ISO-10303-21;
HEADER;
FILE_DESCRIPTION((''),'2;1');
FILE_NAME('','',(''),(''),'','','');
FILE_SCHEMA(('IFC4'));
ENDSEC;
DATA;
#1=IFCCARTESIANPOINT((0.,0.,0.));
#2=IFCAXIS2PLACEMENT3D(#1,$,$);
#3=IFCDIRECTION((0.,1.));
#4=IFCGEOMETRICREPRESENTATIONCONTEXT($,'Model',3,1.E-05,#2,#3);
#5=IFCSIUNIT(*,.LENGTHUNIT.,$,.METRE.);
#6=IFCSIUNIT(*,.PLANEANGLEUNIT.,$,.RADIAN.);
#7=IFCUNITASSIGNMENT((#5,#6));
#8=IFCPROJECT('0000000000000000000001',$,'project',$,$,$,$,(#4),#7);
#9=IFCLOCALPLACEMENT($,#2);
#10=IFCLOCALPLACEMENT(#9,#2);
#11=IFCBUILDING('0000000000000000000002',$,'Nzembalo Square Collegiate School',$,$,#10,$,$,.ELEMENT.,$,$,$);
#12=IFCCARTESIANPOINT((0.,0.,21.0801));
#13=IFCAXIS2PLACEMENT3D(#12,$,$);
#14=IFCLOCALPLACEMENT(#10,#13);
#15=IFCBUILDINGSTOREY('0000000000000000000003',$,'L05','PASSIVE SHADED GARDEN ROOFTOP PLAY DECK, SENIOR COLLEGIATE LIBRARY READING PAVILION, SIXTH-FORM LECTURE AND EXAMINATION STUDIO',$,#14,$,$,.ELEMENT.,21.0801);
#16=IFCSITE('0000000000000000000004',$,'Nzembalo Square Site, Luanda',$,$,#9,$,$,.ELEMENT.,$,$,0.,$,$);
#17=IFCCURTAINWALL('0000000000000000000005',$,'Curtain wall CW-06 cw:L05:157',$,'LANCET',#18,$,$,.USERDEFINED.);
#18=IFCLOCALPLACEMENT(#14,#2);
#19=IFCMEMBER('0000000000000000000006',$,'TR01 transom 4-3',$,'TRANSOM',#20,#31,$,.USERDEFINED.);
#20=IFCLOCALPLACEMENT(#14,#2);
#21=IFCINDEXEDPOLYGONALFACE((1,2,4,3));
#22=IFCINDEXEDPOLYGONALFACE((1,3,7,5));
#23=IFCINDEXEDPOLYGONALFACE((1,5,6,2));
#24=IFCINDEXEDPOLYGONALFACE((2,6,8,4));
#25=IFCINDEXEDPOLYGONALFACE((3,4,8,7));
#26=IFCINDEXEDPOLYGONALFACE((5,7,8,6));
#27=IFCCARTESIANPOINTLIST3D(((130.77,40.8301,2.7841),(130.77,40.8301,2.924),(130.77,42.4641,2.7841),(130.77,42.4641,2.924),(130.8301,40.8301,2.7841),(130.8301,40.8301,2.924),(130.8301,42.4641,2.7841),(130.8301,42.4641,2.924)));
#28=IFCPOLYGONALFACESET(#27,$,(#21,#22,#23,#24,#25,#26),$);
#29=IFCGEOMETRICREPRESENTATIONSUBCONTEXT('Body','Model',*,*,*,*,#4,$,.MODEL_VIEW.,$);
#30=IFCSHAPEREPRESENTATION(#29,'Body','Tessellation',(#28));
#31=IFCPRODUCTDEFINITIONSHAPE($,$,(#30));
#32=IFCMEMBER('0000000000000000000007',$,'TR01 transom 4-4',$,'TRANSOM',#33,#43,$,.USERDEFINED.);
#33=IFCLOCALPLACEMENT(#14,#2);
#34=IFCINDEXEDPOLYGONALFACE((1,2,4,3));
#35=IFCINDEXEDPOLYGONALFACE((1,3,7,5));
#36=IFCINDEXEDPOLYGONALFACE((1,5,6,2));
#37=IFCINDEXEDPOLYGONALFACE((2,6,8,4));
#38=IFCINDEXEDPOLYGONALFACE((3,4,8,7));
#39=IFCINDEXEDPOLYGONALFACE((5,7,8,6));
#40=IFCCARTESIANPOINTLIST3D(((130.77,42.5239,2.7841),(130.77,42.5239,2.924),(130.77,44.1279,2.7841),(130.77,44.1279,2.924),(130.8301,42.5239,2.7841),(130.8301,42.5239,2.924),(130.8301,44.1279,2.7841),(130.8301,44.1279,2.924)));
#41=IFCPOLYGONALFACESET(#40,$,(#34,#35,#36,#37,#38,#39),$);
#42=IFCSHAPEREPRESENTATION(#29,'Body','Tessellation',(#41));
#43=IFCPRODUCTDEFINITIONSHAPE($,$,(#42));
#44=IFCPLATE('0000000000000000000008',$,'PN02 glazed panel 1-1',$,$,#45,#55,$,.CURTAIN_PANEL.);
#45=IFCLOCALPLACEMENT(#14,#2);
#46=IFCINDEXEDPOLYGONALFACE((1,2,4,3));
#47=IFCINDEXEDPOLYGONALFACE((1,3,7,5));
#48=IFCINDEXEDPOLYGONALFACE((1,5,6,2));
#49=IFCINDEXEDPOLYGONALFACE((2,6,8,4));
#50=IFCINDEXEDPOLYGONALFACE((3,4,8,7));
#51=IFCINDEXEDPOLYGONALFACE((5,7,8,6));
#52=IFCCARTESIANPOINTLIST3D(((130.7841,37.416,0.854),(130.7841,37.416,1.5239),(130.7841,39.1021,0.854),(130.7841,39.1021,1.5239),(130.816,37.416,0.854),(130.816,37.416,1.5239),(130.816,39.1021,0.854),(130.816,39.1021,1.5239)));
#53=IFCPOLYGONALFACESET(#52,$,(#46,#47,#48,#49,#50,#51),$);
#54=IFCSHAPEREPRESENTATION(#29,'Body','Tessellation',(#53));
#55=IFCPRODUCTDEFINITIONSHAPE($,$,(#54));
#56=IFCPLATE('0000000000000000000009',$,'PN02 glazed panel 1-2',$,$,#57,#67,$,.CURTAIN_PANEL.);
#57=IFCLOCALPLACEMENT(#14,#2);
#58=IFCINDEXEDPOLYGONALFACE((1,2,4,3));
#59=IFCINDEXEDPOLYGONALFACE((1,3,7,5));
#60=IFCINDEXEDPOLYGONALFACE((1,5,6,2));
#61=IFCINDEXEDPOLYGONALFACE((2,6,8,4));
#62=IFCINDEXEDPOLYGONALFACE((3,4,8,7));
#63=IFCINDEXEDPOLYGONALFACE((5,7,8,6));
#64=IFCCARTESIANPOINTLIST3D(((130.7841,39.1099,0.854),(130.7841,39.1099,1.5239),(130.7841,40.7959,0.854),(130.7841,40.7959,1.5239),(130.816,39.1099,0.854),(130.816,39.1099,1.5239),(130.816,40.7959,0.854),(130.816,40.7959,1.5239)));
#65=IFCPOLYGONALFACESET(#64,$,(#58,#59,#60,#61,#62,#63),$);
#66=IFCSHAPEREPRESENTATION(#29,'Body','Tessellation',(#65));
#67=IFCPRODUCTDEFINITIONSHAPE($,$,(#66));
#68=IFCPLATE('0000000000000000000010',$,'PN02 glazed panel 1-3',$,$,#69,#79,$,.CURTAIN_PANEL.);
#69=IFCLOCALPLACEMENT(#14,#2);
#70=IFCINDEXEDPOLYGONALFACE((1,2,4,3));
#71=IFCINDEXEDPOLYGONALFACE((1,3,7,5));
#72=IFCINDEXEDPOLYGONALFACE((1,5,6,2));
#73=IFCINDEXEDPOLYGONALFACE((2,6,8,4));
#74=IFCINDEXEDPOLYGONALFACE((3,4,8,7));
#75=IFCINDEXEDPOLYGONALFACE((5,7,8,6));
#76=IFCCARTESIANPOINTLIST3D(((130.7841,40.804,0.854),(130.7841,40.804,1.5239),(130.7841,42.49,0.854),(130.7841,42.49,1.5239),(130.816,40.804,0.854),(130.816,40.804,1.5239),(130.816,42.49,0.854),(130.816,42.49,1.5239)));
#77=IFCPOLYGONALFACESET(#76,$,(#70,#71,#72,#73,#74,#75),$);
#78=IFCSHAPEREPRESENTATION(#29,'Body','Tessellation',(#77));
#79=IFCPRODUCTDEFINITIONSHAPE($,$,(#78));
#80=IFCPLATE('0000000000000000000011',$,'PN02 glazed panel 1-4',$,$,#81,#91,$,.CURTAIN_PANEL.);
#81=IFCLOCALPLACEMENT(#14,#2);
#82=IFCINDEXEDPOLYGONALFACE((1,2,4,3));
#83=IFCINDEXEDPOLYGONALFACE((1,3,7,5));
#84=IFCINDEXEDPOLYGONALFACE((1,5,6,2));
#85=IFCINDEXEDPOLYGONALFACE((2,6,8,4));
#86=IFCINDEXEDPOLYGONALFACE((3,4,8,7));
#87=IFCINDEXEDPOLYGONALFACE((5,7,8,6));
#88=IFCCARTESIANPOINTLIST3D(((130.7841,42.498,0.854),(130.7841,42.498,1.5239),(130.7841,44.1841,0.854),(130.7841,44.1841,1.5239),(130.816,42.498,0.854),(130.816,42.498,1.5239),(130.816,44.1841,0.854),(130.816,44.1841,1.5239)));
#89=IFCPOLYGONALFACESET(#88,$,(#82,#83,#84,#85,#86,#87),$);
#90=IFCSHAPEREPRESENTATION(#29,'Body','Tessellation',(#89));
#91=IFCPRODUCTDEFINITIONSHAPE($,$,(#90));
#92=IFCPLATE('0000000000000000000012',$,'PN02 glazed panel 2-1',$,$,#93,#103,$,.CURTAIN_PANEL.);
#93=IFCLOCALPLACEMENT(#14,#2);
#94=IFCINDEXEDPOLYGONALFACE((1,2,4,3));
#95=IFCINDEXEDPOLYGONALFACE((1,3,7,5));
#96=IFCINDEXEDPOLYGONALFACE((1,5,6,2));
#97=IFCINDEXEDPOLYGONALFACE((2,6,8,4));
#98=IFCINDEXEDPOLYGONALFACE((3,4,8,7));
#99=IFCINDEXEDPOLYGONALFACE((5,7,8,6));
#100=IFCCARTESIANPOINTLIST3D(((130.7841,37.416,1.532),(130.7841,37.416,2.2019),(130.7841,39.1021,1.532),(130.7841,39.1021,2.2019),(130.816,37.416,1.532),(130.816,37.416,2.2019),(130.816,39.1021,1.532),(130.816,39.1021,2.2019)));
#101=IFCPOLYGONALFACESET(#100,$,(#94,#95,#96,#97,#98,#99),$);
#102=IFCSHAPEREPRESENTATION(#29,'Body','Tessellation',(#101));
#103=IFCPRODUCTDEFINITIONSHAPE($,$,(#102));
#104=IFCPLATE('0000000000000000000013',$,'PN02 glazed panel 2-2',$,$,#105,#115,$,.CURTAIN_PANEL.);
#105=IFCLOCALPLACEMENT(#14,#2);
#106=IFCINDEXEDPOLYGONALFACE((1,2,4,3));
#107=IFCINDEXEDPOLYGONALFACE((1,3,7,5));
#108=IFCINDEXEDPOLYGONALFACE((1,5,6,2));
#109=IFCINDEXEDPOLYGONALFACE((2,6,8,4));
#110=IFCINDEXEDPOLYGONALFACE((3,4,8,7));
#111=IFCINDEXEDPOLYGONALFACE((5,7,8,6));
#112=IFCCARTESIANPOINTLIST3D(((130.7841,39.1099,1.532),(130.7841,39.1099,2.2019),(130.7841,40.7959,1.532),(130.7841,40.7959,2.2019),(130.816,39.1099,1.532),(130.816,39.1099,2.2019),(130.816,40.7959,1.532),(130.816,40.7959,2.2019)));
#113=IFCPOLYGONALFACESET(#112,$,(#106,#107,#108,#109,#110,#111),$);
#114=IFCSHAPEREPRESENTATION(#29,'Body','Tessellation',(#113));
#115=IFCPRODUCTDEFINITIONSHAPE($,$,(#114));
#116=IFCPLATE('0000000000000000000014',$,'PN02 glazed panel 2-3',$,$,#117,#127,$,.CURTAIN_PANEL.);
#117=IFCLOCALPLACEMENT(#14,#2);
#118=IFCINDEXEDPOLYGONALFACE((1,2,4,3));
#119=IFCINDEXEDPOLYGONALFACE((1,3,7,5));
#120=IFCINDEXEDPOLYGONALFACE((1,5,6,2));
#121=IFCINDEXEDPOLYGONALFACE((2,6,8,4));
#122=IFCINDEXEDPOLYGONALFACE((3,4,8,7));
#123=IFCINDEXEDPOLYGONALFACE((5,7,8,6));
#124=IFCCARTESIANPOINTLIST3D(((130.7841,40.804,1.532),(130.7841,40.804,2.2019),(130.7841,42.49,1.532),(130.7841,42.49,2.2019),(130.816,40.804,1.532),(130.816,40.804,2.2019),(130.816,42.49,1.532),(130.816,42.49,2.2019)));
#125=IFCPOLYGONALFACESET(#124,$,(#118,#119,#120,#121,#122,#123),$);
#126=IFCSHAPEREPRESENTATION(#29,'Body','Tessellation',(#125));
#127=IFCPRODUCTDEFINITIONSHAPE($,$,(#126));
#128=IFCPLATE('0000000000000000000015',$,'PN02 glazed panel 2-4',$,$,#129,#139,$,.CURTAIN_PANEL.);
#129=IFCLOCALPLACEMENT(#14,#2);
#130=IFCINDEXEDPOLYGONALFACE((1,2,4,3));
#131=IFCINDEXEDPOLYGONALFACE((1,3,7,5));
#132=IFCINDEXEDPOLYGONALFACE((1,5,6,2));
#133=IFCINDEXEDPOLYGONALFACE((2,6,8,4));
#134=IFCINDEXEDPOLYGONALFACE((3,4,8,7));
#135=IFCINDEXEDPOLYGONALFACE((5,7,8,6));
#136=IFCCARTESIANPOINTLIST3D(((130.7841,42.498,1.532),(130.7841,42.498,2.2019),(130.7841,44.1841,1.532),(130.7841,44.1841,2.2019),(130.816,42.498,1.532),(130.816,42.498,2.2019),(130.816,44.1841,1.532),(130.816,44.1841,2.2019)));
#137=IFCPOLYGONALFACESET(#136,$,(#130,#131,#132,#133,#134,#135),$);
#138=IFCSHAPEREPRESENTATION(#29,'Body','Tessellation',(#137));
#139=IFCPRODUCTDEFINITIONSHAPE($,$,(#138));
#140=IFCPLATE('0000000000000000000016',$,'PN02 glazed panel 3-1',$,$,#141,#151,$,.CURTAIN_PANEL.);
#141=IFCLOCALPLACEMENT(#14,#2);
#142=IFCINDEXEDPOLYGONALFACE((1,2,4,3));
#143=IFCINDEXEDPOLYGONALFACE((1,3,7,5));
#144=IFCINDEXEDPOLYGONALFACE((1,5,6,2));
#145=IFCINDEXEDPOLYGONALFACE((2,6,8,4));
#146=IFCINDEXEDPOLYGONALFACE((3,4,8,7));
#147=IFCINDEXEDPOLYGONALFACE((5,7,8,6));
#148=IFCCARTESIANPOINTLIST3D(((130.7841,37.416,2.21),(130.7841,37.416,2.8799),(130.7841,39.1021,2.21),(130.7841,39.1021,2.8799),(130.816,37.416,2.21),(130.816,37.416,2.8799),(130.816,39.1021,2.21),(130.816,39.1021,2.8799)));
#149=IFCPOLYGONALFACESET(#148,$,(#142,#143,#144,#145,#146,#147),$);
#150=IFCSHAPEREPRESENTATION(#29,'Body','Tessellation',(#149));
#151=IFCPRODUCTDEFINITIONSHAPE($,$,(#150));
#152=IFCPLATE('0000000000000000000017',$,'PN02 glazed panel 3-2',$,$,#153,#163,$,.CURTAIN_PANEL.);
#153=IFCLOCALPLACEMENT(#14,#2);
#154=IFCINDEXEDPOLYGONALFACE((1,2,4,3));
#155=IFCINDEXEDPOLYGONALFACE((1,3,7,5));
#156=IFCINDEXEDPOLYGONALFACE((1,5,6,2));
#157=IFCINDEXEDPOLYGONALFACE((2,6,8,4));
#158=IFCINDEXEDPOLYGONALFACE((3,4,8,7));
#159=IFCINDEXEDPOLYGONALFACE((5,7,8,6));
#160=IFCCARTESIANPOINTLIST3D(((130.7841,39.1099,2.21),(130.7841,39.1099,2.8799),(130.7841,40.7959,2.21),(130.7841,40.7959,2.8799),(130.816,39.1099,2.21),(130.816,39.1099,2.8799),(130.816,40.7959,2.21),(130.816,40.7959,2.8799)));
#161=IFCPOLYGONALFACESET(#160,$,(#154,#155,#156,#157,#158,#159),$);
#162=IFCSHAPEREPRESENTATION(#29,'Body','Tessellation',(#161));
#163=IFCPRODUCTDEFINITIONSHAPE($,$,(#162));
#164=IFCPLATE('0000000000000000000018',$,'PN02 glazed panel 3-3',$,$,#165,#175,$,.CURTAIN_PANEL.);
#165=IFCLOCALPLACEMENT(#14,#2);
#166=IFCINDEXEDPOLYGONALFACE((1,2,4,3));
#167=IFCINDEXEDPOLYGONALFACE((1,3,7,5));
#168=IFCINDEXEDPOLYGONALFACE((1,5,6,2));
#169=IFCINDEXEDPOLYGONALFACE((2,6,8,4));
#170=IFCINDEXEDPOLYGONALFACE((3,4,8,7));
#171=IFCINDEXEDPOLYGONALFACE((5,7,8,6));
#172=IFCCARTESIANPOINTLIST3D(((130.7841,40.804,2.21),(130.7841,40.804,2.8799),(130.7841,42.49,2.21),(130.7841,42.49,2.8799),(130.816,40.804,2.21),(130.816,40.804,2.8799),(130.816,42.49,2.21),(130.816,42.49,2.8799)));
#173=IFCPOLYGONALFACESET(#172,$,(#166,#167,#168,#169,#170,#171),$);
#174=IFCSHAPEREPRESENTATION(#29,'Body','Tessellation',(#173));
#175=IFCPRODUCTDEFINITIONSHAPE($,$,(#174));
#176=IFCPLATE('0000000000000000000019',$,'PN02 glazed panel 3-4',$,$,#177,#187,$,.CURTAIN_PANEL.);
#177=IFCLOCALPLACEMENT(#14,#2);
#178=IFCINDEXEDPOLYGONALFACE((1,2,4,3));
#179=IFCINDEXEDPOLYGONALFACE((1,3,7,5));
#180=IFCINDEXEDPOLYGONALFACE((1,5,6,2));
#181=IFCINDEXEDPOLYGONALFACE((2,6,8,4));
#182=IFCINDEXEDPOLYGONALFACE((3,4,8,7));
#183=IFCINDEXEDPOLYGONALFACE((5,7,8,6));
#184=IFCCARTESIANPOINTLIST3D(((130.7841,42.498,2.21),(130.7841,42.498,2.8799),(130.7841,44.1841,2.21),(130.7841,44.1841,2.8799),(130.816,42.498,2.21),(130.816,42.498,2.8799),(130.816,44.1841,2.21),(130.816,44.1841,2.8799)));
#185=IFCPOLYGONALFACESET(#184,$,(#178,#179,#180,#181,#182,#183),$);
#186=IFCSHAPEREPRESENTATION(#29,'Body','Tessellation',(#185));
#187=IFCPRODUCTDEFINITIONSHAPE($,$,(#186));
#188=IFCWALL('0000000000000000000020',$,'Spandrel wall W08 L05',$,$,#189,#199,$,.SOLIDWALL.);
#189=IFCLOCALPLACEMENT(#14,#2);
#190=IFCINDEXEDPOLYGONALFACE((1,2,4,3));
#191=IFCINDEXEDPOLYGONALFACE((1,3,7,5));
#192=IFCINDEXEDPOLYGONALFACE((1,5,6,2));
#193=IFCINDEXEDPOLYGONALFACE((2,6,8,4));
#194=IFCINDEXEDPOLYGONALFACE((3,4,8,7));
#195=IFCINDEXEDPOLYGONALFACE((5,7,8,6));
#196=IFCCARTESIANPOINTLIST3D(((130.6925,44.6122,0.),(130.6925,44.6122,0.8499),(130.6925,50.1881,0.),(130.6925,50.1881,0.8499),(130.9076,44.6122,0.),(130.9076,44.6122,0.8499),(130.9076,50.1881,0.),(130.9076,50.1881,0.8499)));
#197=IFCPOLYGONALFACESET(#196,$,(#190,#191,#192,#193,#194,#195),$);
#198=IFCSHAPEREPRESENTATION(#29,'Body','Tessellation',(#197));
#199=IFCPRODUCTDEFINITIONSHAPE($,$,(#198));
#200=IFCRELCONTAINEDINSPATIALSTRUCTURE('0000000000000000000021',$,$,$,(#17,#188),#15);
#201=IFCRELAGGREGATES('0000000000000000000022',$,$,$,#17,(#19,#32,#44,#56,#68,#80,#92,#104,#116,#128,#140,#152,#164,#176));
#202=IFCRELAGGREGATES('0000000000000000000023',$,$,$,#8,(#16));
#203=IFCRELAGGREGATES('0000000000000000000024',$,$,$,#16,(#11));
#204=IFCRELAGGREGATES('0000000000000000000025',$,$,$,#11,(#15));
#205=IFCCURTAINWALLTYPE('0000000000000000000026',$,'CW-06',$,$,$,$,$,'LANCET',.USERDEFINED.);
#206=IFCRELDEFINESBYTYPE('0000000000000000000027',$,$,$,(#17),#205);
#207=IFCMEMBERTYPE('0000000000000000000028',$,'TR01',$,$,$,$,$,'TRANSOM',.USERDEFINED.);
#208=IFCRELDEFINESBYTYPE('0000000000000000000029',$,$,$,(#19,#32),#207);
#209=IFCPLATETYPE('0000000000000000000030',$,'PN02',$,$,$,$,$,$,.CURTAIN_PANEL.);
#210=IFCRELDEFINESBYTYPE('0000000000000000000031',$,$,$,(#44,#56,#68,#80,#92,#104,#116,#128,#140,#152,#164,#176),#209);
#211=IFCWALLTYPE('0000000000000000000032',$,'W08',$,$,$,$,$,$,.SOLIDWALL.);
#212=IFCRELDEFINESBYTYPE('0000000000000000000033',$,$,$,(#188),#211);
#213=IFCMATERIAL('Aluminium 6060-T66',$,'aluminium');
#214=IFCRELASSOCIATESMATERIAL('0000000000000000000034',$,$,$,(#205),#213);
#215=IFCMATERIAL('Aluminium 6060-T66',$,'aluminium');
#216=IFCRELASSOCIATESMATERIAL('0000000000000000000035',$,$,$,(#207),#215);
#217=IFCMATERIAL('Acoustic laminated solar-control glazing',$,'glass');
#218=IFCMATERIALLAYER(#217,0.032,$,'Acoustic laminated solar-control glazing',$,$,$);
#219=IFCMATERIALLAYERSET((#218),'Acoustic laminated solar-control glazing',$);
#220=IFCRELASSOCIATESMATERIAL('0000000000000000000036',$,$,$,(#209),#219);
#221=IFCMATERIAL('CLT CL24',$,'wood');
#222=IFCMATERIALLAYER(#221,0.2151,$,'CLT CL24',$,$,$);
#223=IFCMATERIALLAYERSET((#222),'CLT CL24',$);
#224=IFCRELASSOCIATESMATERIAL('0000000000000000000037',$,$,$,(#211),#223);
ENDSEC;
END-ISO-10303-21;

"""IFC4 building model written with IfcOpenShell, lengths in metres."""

from ifc_helpers import new_model, si_unit, direction, frame, frame_2d, origin, origin_2d, place, context, subcontext, project, spatial, rectangle, extrude, material, layer, layer_set, material_profile, profile_set, type_object, element, aggregate, save


model = new_model("IFC4")

# Units and contexts
model_context = context("Model", 3, precision=1e-05, world=origin(), true_north=direction((0.0, 1.0)))
body_context = subcontext(model_context, "Body", "Model", "MODEL_VIEW")
ifc_project = project(units=[si_unit("LENGTHUNIT", "METRE"), si_unit("PLANEANGLEUNIT", "RADIAN")], contexts=[model_context])

# Site, building, storey
site_placement = place(None, origin())
site = spatial("IfcSite", under=ifc_project, at=site_placement, Name="Nzembalo Square Site, Luanda", CompositionType="ELEMENT", RefElevation=0.0)
building_placement = place(site_placement, origin())
building = spatial("IfcBuilding", under=site, at=building_placement, Name="Nzembalo Square Collegiate School", CompositionType="ELEMENT")
storey_placement = place(building_placement, frame((0.0, 0.0, 21.0801)))
storey = spatial("IfcBuildingStorey", under=building, at=storey_placement, Name="L05", Description="PASSIVE SHADED GARDEN ROOFTOP PLAY DECK, SENIOR COLLEGIATE LIBRARY READING PAVILION, SIXTH-FORM LECTURE AND EXAMINATION STUDIO", CompositionType="ELEMENT", Elevation=21.0801)

# Curtain wall, members, plates
ifc_material_1 = material(Name="Aluminium 6060-T66", Category="aluminium")
curtain_wall_type = type_object("IfcCurtainWallType", Name="CW-06", ElementType="LANCET", PredefinedType="USERDEFINED", material=ifc_material_1)
curtain_wall_placement = place(storey_placement, origin())
curtain_wall = element("IfcCurtainWall", 1, at=curtain_wall_placement, inside=storey, type_object=curtain_wall_type, Name="Curtain wall CW-06 cw:L05:157", ObjectType="LANCET", PredefinedType="USERDEFINED")
ifc_material_2 = material(Name="Aluminium 6060-T66", Category="aluminium")
ifc_material_profile_1 = material_profile(ifc_material_2, rectangle(XDim=0.0601, YDim=0.1399, at=origin_2d()), Name="ALU T60x140")
ifc_profile_set_1 = profile_set([ifc_material_profile_1], Name="Aluminium 6060-T66")
member_type_1 = type_object("IfcMemberType", Name="TR01", ElementType="TRANSOM", PredefinedType="USERDEFINED", material=ifc_profile_set_1)
member_1_placement = place(storey_placement, frame((130.8, 40.8301, 2.854), z_axis=(0.0, 1.0, 0.0), x_axis=(-1.0, 0.0, 0.0)))
member_1 = element("IfcMember", 2, at=member_1_placement, type_object=member_type_1, Name="TR01 transom 4-3", ObjectType="TRANSOM", PredefinedType="USERDEFINED", context=body_context, shape_type="SweptSolid", body=[
    extrude(rectangle(XDim=0.0601, YDim=0.1399, at=origin_2d()), origin(), (0.0, 0.0, 1.0), 1.634),
])
member_2_placement = place(storey_placement, frame((130.8, 42.5239, 2.854), z_axis=(0.0, 1.0, 0.0), x_axis=(-1.0, 0.0, 0.0)))
member_2 = element("IfcMember", 3, at=member_2_placement, type_object=member_type_1, Name="TR01 transom 4-4", ObjectType="TRANSOM", PredefinedType="USERDEFINED", context=body_context, shape_type="SweptSolid", body=[
    extrude(rectangle(XDim=0.0601, YDim=0.1399, at=origin_2d()), origin(), (0.0, 0.0, 1.0), 1.604),
])
ifc_material_3 = material(Name="Acoustic laminated solar-control glazing", Category="glass")
ifc_layer_1 = layer(ifc_material_3, 0.032, Name="Acoustic laminated solar-control glazing")
ifc_layer_set_1 = layer_set([ifc_layer_1], Name="Acoustic laminated solar-control glazing")
plate_type = type_object("IfcPlateType", Name="PN02", PredefinedType="CURTAIN_PANEL", material=ifc_layer_set_1)
plate_1_placement = place(storey_placement, frame((130.8, 38.259, 0.854), z_axis=(0.0, 0.0, 1.0), x_axis=(0.0, 1.0, 0.0)))
plate_1 = element("IfcPlate", 4, at=plate_1_placement, type_object=plate_type, Name="PN02 glazed panel 1-1", PredefinedType="CURTAIN_PANEL", context=body_context, shape_type="SweptSolid", body=[
    extrude(rectangle(XDim=1.686, YDim=0.032, at=origin_2d()), origin(), (0.0, 0.0, 1.0), 0.6699),
])
plate_2_placement = place(storey_placement, frame((130.8, 39.9529, 0.854), z_axis=(0.0, 0.0, 1.0), x_axis=(0.0, 1.0, 0.0)))
plate_2 = element("IfcPlate", 5, at=plate_2_placement, type_object=plate_type, Name="PN02 glazed panel 1-2", PredefinedType="CURTAIN_PANEL", context=body_context, shape_type="SweptSolid", body=[
    extrude(rectangle(XDim=1.686, YDim=0.032, at=origin_2d()), origin(), (0.0, 0.0, 1.0), 0.6699),
])
plate_3_placement = place(storey_placement, frame((130.8, 41.647, 0.854), z_axis=(0.0, 0.0, 1.0), x_axis=(0.0, 1.0, 0.0)))
plate_3 = element("IfcPlate", 6, at=plate_3_placement, type_object=plate_type, Name="PN02 glazed panel 1-3", PredefinedType="CURTAIN_PANEL", context=body_context, shape_type="SweptSolid", body=[
    extrude(rectangle(XDim=1.686, YDim=0.032, at=origin_2d()), origin(), (0.0, 0.0, 1.0), 0.6699),
])
plate_4_placement = place(storey_placement, frame((130.8, 43.3411, 0.854), z_axis=(0.0, 0.0, 1.0), x_axis=(0.0, 1.0, 0.0)))
plate_4 = element("IfcPlate", 7, at=plate_4_placement, type_object=plate_type, Name="PN02 glazed panel 1-4", PredefinedType="CURTAIN_PANEL", context=body_context, shape_type="SweptSolid", body=[
    extrude(rectangle(XDim=1.686, YDim=0.032, at=origin_2d()), origin(), (0.0, 0.0, 1.0), 0.6699),
])
plate_5_placement = place(storey_placement, frame((130.8, 38.259, 1.532), z_axis=(0.0, 0.0, 1.0), x_axis=(0.0, 1.0, 0.0)))
plate_5 = element("IfcPlate", 8, at=plate_5_placement, type_object=plate_type, Name="PN02 glazed panel 2-1", PredefinedType="CURTAIN_PANEL", context=body_context, shape_type="SweptSolid", body=[
    extrude(rectangle(XDim=1.686, YDim=0.032, at=origin_2d()), origin(), (0.0, 0.0, 1.0), 0.6699),
])
plate_6_placement = place(storey_placement, frame((130.8, 39.9529, 1.532), z_axis=(0.0, 0.0, 1.0), x_axis=(0.0, 1.0, 0.0)))
plate_6 = element("IfcPlate", 9, at=plate_6_placement, type_object=plate_type, Name="PN02 glazed panel 2-2", PredefinedType="CURTAIN_PANEL", context=body_context, shape_type="SweptSolid", body=[
    extrude(rectangle(XDim=1.686, YDim=0.032, at=origin_2d()), origin(), (0.0, 0.0, 1.0), 0.6699),
])
plate_7_placement = place(storey_placement, frame((130.8, 41.647, 1.532), z_axis=(0.0, 0.0, 1.0), x_axis=(0.0, 1.0, 0.0)))
plate_7 = element("IfcPlate", 10, at=plate_7_placement, type_object=plate_type, Name="PN02 glazed panel 2-3", PredefinedType="CURTAIN_PANEL", context=body_context, shape_type="SweptSolid", body=[
    extrude(rectangle(XDim=1.686, YDim=0.032, at=origin_2d()), origin(), (0.0, 0.0, 1.0), 0.6699),
])
plate_8_placement = place(storey_placement, frame((130.8, 43.3411, 1.532), z_axis=(0.0, 0.0, 1.0), x_axis=(0.0, 1.0, 0.0)))
plate_8 = element("IfcPlate", 11, at=plate_8_placement, type_object=plate_type, Name="PN02 glazed panel 2-4", PredefinedType="CURTAIN_PANEL", context=body_context, shape_type="SweptSolid", body=[
    extrude(rectangle(XDim=1.686, YDim=0.032, at=origin_2d()), origin(), (0.0, 0.0, 1.0), 0.6699),
])
plate_9_placement = place(storey_placement, frame((130.8, 38.259, 2.21), z_axis=(0.0, 0.0, 1.0), x_axis=(0.0, 1.0, 0.0)))
plate_9 = element("IfcPlate", 12, at=plate_9_placement, type_object=plate_type, Name="PN02 glazed panel 3-1", PredefinedType="CURTAIN_PANEL", context=body_context, shape_type="SweptSolid", body=[
    extrude(rectangle(XDim=1.686, YDim=0.032, at=origin_2d()), origin(), (0.0, 0.0, 1.0), 0.6699),
])
plate_10_placement = place(storey_placement, frame((130.8, 39.9529, 2.21), z_axis=(0.0, 0.0, 1.0), x_axis=(0.0, 1.0, 0.0)))
plate_10 = element("IfcPlate", 13, at=plate_10_placement, type_object=plate_type, Name="PN02 glazed panel 3-2", PredefinedType="CURTAIN_PANEL", context=body_context, shape_type="SweptSolid", body=[
    extrude(rectangle(XDim=1.686, YDim=0.032, at=origin_2d()), origin(), (0.0, 0.0, 1.0), 0.6699),
])
plate_11_placement = place(storey_placement, frame((130.8, 41.647, 2.21), z_axis=(0.0, 0.0, 1.0), x_axis=(0.0, 1.0, 0.0)))
plate_11 = element("IfcPlate", 14, at=plate_11_placement, type_object=plate_type, Name="PN02 glazed panel 3-3", PredefinedType="CURTAIN_PANEL", context=body_context, shape_type="SweptSolid", body=[
    extrude(rectangle(XDim=1.686, YDim=0.032, at=origin_2d()), origin(), (0.0, 0.0, 1.0), 0.6699),
])
plate_12_placement = place(storey_placement, frame((130.8, 43.3411, 2.21), z_axis=(0.0, 0.0, 1.0), x_axis=(0.0, 1.0, 0.0)))
plate_12 = element("IfcPlate", 15, at=plate_12_placement, type_object=plate_type, Name="PN02 glazed panel 3-4", PredefinedType="CURTAIN_PANEL", context=body_context, shape_type="SweptSolid", body=[
    extrude(rectangle(XDim=1.686, YDim=0.032, at=origin_2d()), origin(), (0.0, 0.0, 1.0), 0.6699),
])
aggregate(curtain_wall, [member_1, member_2, plate_1, plate_2, plate_3, plate_4, plate_5, plate_6, plate_7, plate_8, plate_9, plate_10, plate_11, plate_12])

# Wall
ifc_material_4 = material(Name="CLT CL24", Category="wood")
ifc_layer_2 = layer(ifc_material_4, 0.2151, Name="CLT CL24")
ifc_layer_set_2 = layer_set([ifc_layer_2], Name="CLT CL24")
wall_type = type_object("IfcWallType", Name="W08", PredefinedType="SOLIDWALL", material=ifc_layer_set_2)
wall_placement = place(storey_placement, frame((130.8, 44.6121, 0.0), z_axis=(0.0, 0.0, 1.0), x_axis=(0.0, 1.0, 0.0)))
element("IfcWall", 16, at=wall_placement, inside=storey, type_object=wall_type, Name="Spandrel wall W08 L05", PredefinedType="SOLIDWALL", context=body_context, shape_type="SweptSolid", body=[
    extrude(rectangle(XDim=5.5759, YDim=0.2151, at=frame_2d((2.7881, 0.0))), origin(), (0.0, 0.0, 1.0), 0.8499),
])

save(model, "model.ifc")
